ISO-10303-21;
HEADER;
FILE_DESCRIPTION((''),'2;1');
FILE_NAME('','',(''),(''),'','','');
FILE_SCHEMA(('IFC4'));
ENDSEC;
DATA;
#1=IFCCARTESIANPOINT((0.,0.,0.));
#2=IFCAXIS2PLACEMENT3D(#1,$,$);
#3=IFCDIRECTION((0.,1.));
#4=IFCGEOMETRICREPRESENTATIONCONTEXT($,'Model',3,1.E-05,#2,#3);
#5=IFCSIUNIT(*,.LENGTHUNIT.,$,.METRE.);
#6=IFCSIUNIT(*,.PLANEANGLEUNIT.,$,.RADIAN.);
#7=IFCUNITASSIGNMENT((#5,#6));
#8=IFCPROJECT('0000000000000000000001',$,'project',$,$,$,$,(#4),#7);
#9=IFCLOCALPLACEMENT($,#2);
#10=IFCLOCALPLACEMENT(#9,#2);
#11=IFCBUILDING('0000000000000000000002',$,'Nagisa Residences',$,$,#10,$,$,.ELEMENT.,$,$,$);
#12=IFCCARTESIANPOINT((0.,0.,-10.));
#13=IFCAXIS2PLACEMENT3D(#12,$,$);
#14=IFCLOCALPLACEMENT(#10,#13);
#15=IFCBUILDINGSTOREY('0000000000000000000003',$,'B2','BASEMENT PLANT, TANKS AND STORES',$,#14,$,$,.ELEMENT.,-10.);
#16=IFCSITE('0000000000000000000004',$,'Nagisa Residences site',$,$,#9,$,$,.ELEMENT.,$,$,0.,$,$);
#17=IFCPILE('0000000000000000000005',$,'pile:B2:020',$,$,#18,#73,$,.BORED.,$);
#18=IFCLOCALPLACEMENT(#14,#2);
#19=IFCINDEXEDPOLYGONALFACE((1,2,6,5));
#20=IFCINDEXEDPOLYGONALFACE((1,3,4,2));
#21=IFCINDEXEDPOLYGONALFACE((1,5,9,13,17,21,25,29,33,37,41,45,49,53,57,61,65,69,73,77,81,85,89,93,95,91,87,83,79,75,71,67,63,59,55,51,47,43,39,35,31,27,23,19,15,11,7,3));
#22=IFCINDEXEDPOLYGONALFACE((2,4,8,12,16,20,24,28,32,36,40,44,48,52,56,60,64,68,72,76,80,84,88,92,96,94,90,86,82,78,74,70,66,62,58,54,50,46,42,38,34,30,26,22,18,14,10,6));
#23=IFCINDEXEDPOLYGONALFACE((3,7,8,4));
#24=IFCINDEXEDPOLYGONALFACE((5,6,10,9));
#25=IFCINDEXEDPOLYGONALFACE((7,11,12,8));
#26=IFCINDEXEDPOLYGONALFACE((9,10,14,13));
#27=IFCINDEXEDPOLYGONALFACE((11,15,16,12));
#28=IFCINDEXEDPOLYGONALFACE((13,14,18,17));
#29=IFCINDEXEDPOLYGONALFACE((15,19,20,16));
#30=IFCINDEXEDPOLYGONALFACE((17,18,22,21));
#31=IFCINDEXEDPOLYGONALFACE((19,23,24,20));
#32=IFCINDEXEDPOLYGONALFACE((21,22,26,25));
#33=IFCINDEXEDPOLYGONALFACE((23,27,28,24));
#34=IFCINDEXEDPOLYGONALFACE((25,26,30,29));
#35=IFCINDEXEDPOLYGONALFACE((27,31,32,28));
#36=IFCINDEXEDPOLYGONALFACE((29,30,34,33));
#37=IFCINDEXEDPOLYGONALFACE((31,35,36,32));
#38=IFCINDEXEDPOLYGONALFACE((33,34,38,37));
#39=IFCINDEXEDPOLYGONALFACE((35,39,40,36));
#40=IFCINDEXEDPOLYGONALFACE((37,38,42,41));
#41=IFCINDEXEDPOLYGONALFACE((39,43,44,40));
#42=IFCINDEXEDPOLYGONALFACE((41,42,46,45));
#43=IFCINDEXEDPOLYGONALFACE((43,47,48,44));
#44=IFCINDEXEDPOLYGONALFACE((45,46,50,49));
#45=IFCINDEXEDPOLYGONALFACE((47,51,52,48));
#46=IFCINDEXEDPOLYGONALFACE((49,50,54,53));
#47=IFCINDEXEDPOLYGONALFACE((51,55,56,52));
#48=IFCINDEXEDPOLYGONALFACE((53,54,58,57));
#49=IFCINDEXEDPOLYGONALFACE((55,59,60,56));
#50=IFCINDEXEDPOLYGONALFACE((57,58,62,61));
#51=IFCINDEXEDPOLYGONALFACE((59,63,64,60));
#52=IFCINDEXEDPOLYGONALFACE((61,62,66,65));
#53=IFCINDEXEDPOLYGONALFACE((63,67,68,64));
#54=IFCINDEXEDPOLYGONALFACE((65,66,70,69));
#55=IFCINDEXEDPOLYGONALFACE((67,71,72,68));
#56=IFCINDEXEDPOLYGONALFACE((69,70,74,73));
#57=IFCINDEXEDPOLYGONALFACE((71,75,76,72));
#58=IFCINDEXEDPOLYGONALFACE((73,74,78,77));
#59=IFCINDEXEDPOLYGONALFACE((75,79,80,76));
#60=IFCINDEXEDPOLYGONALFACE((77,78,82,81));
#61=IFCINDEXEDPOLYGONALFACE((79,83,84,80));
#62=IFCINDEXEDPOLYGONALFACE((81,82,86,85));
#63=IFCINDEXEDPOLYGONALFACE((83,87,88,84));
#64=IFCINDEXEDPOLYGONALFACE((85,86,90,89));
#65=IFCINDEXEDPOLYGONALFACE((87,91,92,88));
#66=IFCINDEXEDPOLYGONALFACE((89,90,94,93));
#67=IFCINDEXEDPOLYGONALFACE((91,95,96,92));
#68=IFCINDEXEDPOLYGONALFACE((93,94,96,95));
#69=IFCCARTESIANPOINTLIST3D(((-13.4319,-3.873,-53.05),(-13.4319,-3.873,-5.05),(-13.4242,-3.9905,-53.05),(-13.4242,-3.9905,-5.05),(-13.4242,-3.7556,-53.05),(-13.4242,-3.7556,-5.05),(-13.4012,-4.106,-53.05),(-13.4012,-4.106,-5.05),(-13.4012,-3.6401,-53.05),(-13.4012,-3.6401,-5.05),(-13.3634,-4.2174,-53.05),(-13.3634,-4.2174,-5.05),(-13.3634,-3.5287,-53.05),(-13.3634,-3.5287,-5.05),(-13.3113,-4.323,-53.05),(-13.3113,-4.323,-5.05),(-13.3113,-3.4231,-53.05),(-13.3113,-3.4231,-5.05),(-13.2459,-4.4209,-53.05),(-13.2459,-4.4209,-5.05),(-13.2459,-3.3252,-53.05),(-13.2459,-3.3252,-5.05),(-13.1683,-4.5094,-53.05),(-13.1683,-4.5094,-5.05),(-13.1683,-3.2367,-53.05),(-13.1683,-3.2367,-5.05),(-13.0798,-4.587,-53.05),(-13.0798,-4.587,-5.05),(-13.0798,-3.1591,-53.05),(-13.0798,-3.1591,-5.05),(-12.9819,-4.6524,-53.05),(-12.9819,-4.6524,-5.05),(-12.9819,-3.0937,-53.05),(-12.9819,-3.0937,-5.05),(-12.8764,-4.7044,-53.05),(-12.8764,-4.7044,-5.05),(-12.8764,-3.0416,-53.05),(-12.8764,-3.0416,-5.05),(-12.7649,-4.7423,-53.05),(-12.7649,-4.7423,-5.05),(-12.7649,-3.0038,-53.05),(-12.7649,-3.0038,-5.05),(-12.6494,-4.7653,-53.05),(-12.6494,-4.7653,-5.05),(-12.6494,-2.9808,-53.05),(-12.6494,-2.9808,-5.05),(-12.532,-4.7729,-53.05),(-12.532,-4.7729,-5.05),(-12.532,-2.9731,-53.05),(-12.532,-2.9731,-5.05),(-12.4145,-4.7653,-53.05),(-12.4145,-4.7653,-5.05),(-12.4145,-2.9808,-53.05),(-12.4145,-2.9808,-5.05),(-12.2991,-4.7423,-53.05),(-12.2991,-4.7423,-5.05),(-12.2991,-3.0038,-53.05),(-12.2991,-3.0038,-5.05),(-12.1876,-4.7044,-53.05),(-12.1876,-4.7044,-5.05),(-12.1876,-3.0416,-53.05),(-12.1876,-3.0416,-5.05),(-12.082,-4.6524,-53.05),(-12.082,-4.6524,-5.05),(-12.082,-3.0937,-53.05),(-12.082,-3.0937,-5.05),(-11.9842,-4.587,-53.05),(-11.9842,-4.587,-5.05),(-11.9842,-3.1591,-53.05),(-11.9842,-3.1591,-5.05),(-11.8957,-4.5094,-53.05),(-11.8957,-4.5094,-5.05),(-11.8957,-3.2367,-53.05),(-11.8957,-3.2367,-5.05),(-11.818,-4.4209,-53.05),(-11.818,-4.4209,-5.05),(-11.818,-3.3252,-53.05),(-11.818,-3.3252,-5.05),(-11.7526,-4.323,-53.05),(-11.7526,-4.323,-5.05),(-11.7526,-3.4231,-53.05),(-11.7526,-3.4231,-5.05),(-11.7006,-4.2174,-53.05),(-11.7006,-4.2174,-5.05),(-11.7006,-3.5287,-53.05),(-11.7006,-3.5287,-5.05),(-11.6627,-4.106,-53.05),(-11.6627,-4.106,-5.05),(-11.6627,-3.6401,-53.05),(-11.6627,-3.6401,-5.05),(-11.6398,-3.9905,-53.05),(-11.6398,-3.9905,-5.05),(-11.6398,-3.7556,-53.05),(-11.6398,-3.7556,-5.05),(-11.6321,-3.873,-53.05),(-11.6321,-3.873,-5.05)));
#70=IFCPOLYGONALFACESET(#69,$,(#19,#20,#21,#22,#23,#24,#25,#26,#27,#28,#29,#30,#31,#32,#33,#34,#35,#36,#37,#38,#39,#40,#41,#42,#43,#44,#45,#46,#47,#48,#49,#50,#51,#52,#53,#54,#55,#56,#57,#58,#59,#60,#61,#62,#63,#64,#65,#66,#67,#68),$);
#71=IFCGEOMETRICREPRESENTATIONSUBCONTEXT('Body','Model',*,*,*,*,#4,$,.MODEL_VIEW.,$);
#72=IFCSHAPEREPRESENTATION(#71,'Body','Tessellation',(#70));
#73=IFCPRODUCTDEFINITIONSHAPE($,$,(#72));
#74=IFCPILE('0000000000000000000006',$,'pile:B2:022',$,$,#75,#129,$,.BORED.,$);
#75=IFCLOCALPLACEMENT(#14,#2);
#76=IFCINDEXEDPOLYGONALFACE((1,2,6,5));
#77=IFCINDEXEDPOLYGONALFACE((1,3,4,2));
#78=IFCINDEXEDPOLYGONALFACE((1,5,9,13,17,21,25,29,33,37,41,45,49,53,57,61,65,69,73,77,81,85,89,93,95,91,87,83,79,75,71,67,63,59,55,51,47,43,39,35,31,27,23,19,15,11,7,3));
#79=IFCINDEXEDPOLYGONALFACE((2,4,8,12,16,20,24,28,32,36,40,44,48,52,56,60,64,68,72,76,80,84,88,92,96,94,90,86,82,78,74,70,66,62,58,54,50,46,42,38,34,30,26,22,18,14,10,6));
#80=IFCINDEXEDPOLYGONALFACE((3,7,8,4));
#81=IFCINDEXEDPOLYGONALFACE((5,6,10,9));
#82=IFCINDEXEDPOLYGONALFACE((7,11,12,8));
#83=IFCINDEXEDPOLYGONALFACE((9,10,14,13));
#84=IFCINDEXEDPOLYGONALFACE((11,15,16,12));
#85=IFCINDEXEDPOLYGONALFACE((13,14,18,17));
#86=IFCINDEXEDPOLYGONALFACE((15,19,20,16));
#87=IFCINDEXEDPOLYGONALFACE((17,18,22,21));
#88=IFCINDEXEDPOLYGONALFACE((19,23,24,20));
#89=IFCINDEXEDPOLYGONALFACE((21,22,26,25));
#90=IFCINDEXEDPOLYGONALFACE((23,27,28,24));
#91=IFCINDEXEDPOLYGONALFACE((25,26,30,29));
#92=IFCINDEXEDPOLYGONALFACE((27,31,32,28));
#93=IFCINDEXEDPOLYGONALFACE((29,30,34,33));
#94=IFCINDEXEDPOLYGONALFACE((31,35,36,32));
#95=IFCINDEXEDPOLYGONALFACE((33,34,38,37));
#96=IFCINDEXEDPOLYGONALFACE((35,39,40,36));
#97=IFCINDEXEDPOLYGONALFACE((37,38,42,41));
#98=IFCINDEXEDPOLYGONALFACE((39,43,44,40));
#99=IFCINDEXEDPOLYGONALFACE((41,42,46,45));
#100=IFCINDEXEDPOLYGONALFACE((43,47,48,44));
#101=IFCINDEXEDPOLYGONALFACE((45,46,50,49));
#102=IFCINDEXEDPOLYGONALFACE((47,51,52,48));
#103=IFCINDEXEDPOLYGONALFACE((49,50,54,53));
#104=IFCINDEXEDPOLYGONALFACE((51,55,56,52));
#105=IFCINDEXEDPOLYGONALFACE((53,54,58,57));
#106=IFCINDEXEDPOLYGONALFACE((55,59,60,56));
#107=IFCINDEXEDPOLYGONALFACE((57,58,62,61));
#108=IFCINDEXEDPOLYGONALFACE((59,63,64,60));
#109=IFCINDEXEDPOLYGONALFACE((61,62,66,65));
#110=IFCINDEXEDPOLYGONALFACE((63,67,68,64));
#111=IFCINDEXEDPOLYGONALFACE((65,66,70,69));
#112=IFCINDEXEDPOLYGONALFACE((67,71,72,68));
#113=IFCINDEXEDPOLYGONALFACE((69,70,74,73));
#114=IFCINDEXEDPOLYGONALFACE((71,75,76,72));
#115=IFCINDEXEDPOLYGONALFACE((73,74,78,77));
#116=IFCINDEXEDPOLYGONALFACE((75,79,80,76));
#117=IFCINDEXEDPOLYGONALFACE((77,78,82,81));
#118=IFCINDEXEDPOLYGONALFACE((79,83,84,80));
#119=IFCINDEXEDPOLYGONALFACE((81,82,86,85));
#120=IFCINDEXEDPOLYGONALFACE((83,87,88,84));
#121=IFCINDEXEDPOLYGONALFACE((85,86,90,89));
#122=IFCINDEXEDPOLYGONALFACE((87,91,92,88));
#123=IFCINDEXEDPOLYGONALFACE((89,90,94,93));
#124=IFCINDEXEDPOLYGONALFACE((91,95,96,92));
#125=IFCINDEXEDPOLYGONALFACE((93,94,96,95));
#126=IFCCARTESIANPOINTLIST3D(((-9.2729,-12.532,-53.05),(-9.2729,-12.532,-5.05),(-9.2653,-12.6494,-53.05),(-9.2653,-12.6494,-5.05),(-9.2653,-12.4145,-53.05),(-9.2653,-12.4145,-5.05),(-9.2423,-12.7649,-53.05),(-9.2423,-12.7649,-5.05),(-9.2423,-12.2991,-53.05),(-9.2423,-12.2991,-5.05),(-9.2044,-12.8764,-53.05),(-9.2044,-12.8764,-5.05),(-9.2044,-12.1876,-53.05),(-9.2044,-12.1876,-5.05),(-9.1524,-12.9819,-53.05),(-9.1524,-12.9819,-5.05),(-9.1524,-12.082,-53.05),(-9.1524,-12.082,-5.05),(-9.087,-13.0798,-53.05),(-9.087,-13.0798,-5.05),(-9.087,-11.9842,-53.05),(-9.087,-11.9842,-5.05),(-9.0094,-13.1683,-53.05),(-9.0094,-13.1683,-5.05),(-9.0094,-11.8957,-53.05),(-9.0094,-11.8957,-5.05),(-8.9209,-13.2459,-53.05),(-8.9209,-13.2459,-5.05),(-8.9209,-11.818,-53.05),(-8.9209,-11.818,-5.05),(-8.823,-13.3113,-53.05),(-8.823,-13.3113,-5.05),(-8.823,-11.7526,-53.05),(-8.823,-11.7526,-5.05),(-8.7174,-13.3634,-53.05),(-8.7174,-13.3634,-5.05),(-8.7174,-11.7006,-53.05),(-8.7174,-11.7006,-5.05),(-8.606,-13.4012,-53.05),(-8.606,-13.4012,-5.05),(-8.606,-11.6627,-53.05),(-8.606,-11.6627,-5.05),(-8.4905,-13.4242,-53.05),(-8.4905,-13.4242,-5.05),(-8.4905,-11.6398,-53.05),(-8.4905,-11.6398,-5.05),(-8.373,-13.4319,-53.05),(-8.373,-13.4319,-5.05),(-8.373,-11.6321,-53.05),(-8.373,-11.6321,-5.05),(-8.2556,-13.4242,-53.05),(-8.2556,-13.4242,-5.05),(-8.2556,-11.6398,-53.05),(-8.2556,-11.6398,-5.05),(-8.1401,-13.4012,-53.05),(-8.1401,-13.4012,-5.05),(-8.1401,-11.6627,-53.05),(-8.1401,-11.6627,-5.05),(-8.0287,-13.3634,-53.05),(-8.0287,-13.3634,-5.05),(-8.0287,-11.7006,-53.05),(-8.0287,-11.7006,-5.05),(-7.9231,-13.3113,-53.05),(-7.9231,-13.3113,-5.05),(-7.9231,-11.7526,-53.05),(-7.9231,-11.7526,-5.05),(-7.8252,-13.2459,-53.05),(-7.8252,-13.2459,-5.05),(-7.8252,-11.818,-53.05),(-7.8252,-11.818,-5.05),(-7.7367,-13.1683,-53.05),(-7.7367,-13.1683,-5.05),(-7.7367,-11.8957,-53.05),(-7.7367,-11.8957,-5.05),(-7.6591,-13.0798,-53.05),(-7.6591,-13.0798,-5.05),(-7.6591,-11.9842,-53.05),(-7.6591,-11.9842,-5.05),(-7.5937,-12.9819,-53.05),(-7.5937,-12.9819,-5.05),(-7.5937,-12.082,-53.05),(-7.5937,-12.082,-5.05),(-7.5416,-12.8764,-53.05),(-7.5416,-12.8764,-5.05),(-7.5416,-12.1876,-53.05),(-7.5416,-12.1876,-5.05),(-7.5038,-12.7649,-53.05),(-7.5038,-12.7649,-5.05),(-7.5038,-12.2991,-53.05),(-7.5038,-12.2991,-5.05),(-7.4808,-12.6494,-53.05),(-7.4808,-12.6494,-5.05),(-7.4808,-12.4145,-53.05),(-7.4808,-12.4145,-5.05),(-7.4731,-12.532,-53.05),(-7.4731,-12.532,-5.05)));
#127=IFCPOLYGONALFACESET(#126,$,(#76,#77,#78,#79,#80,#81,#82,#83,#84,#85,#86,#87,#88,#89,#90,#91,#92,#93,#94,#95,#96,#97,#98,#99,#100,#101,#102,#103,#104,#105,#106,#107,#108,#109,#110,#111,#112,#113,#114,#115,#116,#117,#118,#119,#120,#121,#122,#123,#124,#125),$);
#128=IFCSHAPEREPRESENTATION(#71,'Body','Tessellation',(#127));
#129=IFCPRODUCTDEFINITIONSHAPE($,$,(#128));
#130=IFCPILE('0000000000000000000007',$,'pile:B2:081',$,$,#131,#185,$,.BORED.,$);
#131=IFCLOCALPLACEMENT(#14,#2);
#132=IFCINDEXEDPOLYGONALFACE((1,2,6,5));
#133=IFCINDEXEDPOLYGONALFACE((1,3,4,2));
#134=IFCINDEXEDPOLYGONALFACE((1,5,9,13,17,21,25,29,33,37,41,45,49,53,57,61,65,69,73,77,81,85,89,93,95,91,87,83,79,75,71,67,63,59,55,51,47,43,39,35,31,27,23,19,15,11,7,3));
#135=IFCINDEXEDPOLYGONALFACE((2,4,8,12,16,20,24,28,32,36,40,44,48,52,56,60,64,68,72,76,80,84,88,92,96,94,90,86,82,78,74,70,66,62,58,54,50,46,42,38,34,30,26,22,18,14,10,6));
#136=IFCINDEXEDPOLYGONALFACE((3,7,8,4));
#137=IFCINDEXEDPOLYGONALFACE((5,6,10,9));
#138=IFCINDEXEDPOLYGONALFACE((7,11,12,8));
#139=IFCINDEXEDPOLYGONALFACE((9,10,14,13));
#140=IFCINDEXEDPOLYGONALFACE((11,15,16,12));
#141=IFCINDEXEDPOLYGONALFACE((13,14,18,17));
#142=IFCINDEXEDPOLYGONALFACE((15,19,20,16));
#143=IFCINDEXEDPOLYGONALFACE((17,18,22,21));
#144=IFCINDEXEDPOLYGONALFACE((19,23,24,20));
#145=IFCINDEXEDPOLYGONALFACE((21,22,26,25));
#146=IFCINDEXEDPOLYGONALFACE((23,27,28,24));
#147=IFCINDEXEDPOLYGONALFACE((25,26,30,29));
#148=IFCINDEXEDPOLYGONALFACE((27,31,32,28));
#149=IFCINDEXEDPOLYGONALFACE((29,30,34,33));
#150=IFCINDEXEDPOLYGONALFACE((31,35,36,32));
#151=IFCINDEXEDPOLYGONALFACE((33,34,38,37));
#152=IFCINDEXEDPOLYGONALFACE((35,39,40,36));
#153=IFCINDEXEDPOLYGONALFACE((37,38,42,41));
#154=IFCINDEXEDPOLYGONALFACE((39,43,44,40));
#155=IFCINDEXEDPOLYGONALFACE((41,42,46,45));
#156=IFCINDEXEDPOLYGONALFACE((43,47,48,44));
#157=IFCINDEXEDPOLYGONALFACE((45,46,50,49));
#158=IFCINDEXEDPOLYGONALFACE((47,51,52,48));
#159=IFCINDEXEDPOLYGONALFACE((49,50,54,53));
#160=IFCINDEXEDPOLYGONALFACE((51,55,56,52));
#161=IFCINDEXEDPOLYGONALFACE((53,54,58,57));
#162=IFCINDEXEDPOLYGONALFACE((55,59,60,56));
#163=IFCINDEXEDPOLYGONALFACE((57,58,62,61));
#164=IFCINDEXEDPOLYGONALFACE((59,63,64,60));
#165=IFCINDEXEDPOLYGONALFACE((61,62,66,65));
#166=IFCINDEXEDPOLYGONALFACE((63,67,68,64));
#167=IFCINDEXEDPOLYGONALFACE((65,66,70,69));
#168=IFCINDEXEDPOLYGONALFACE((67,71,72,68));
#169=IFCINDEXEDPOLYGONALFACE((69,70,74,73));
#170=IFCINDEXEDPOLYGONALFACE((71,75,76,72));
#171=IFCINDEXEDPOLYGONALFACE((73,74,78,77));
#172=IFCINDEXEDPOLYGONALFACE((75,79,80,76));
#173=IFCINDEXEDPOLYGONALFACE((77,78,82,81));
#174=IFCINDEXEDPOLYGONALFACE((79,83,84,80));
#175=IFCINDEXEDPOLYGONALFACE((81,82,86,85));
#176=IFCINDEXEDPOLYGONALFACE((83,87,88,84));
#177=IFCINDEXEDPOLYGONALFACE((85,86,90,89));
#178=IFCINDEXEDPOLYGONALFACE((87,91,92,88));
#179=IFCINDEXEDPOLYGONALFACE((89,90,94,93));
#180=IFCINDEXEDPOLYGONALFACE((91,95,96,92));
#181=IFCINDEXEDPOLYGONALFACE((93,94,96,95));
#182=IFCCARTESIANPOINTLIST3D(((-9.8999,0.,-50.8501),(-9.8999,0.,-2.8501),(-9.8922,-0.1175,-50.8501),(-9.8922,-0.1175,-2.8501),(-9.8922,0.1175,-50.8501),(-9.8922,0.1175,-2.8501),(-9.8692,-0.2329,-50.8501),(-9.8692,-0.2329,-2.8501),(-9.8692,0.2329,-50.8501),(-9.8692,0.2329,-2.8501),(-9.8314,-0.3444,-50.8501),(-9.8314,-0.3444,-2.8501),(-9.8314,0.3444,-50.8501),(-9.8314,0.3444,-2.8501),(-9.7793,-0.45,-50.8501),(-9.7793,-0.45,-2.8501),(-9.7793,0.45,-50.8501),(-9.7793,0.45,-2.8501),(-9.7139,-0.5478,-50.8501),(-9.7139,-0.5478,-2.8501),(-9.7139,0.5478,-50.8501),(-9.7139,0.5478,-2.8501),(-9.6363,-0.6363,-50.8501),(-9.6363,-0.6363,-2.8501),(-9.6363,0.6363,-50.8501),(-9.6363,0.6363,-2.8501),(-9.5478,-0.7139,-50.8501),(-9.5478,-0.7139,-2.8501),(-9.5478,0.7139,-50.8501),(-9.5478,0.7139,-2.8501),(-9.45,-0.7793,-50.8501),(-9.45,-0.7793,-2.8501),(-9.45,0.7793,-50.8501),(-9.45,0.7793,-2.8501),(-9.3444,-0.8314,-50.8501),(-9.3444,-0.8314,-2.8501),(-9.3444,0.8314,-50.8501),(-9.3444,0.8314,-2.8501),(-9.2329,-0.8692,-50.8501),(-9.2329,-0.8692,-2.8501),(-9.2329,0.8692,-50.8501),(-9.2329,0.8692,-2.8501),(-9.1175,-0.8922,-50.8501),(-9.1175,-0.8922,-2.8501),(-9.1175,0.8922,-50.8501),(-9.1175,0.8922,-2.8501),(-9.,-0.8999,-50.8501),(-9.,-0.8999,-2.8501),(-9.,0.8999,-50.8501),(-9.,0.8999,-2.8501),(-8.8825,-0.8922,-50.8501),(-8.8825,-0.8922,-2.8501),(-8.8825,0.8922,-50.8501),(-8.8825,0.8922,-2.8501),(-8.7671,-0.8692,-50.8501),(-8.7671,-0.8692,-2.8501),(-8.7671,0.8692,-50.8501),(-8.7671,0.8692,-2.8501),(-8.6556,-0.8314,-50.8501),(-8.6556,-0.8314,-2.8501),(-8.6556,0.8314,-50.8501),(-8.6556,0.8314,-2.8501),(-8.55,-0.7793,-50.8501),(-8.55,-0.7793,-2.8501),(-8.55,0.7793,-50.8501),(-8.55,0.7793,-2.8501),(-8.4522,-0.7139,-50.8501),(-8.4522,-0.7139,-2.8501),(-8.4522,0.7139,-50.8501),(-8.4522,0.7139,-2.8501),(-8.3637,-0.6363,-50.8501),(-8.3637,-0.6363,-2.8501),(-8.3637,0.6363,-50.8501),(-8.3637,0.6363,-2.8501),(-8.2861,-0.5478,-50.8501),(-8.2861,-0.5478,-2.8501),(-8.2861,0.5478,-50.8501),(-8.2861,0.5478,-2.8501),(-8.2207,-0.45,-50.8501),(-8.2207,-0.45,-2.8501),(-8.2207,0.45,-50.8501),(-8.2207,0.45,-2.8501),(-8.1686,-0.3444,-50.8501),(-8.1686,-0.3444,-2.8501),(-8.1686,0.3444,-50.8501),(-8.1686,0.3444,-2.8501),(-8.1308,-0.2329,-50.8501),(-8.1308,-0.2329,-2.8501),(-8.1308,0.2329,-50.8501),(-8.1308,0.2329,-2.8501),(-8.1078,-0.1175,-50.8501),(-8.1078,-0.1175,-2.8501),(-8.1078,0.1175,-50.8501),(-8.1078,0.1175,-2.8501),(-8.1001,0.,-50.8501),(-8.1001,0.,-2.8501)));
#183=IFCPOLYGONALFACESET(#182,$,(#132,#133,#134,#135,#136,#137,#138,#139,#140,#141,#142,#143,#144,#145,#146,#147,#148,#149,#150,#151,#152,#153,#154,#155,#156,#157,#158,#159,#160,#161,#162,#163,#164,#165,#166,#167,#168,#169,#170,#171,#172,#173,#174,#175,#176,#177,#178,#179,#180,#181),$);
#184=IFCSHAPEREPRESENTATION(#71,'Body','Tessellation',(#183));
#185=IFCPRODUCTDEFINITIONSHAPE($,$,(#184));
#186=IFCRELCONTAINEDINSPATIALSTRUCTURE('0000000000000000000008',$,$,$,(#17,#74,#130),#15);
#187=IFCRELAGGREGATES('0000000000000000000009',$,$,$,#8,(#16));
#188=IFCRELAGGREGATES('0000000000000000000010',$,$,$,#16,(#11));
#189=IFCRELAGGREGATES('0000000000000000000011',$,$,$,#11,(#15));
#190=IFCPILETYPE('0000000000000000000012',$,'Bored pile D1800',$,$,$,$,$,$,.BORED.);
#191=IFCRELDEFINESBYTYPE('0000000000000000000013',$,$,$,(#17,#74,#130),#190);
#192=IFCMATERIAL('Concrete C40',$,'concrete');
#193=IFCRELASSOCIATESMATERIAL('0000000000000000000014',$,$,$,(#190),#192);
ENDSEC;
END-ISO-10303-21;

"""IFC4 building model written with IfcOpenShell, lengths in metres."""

from ifc_helpers import new_model, si_unit, direction, frame, origin, origin_2d, place, context, subcontext, project, spatial, circle, extrude, material, material_profile, profile_set, type_object, element, save


model = new_model("IFC4")

# Units and contexts
model_context = context("Model", 3, precision=1e-05, world=origin(), true_north=direction((0.0, 1.0)))
body_context = subcontext(model_context, "Body", "Model", "MODEL_VIEW")
ifc_project = project(units=[si_unit("LENGTHUNIT", "METRE"), si_unit("PLANEANGLEUNIT", "RADIAN")], contexts=[model_context])

# Site, building, storey
site_placement = place(None, origin())
site = spatial("IfcSite", under=ifc_project, at=site_placement, Name="Nagisa Residences site", CompositionType="ELEMENT", RefElevation=0.0)
building_placement = place(site_placement, origin())
building = spatial("IfcBuilding", under=site, at=building_placement, Name="Nagisa Residences", CompositionType="ELEMENT")
storey_placement = place(building_placement, frame((0.0, 0.0, -10.0)))
storey = spatial("IfcBuildingStorey", under=building, at=storey_placement, Name="B2", Description="BASEMENT PLANT, TANKS AND STORES", CompositionType="ELEMENT", Elevation=-10.0)

# Piles
ifc_material_1 = material(Name="Concrete C40", Category="concrete")
ifc_material_profile = material_profile(ifc_material_1, circle(Radius=0.8999, at=origin_2d()), Name="Bored pile D1800")
ifc_profile_set = profile_set([ifc_material_profile], Name="Concrete C40")
pile_type = type_object("IfcPileType", Name="Bored pile D1800", PredefinedType="BORED", material=ifc_profile_set)
for number, where, z_axis, x_axis, name in (
    (1, (-12.532, -3.873, -5.05), (0.0, 0.0, -1.0), (1.0, 0.0, 0.0), "pile:B2:020"),
    (2, (-8.373, -12.532, -5.05), (0.0, 0.0, -1.0), (1.0, 0.0, 0.0), "pile:B2:022"),
    (3, (-9.0, 0.0, -2.8501), (0.0, 0.0, -1.0), (1.0, 0.0, 0.0), "pile:B2:081"),
):
    element("IfcPile", number, at=place(storey_placement, frame(where, z_axis=z_axis, x_axis=x_axis)), inside=storey, type_object=pile_type, Name=name, PredefinedType="BORED", context=body_context, shape_type="SweptSolid", body=[
        extrude(circle(Radius=0.8999, at=origin_2d()), origin(), (0.0, 0.0, 1.0), 48.0),
    ])

save(model, "model.ifc")
